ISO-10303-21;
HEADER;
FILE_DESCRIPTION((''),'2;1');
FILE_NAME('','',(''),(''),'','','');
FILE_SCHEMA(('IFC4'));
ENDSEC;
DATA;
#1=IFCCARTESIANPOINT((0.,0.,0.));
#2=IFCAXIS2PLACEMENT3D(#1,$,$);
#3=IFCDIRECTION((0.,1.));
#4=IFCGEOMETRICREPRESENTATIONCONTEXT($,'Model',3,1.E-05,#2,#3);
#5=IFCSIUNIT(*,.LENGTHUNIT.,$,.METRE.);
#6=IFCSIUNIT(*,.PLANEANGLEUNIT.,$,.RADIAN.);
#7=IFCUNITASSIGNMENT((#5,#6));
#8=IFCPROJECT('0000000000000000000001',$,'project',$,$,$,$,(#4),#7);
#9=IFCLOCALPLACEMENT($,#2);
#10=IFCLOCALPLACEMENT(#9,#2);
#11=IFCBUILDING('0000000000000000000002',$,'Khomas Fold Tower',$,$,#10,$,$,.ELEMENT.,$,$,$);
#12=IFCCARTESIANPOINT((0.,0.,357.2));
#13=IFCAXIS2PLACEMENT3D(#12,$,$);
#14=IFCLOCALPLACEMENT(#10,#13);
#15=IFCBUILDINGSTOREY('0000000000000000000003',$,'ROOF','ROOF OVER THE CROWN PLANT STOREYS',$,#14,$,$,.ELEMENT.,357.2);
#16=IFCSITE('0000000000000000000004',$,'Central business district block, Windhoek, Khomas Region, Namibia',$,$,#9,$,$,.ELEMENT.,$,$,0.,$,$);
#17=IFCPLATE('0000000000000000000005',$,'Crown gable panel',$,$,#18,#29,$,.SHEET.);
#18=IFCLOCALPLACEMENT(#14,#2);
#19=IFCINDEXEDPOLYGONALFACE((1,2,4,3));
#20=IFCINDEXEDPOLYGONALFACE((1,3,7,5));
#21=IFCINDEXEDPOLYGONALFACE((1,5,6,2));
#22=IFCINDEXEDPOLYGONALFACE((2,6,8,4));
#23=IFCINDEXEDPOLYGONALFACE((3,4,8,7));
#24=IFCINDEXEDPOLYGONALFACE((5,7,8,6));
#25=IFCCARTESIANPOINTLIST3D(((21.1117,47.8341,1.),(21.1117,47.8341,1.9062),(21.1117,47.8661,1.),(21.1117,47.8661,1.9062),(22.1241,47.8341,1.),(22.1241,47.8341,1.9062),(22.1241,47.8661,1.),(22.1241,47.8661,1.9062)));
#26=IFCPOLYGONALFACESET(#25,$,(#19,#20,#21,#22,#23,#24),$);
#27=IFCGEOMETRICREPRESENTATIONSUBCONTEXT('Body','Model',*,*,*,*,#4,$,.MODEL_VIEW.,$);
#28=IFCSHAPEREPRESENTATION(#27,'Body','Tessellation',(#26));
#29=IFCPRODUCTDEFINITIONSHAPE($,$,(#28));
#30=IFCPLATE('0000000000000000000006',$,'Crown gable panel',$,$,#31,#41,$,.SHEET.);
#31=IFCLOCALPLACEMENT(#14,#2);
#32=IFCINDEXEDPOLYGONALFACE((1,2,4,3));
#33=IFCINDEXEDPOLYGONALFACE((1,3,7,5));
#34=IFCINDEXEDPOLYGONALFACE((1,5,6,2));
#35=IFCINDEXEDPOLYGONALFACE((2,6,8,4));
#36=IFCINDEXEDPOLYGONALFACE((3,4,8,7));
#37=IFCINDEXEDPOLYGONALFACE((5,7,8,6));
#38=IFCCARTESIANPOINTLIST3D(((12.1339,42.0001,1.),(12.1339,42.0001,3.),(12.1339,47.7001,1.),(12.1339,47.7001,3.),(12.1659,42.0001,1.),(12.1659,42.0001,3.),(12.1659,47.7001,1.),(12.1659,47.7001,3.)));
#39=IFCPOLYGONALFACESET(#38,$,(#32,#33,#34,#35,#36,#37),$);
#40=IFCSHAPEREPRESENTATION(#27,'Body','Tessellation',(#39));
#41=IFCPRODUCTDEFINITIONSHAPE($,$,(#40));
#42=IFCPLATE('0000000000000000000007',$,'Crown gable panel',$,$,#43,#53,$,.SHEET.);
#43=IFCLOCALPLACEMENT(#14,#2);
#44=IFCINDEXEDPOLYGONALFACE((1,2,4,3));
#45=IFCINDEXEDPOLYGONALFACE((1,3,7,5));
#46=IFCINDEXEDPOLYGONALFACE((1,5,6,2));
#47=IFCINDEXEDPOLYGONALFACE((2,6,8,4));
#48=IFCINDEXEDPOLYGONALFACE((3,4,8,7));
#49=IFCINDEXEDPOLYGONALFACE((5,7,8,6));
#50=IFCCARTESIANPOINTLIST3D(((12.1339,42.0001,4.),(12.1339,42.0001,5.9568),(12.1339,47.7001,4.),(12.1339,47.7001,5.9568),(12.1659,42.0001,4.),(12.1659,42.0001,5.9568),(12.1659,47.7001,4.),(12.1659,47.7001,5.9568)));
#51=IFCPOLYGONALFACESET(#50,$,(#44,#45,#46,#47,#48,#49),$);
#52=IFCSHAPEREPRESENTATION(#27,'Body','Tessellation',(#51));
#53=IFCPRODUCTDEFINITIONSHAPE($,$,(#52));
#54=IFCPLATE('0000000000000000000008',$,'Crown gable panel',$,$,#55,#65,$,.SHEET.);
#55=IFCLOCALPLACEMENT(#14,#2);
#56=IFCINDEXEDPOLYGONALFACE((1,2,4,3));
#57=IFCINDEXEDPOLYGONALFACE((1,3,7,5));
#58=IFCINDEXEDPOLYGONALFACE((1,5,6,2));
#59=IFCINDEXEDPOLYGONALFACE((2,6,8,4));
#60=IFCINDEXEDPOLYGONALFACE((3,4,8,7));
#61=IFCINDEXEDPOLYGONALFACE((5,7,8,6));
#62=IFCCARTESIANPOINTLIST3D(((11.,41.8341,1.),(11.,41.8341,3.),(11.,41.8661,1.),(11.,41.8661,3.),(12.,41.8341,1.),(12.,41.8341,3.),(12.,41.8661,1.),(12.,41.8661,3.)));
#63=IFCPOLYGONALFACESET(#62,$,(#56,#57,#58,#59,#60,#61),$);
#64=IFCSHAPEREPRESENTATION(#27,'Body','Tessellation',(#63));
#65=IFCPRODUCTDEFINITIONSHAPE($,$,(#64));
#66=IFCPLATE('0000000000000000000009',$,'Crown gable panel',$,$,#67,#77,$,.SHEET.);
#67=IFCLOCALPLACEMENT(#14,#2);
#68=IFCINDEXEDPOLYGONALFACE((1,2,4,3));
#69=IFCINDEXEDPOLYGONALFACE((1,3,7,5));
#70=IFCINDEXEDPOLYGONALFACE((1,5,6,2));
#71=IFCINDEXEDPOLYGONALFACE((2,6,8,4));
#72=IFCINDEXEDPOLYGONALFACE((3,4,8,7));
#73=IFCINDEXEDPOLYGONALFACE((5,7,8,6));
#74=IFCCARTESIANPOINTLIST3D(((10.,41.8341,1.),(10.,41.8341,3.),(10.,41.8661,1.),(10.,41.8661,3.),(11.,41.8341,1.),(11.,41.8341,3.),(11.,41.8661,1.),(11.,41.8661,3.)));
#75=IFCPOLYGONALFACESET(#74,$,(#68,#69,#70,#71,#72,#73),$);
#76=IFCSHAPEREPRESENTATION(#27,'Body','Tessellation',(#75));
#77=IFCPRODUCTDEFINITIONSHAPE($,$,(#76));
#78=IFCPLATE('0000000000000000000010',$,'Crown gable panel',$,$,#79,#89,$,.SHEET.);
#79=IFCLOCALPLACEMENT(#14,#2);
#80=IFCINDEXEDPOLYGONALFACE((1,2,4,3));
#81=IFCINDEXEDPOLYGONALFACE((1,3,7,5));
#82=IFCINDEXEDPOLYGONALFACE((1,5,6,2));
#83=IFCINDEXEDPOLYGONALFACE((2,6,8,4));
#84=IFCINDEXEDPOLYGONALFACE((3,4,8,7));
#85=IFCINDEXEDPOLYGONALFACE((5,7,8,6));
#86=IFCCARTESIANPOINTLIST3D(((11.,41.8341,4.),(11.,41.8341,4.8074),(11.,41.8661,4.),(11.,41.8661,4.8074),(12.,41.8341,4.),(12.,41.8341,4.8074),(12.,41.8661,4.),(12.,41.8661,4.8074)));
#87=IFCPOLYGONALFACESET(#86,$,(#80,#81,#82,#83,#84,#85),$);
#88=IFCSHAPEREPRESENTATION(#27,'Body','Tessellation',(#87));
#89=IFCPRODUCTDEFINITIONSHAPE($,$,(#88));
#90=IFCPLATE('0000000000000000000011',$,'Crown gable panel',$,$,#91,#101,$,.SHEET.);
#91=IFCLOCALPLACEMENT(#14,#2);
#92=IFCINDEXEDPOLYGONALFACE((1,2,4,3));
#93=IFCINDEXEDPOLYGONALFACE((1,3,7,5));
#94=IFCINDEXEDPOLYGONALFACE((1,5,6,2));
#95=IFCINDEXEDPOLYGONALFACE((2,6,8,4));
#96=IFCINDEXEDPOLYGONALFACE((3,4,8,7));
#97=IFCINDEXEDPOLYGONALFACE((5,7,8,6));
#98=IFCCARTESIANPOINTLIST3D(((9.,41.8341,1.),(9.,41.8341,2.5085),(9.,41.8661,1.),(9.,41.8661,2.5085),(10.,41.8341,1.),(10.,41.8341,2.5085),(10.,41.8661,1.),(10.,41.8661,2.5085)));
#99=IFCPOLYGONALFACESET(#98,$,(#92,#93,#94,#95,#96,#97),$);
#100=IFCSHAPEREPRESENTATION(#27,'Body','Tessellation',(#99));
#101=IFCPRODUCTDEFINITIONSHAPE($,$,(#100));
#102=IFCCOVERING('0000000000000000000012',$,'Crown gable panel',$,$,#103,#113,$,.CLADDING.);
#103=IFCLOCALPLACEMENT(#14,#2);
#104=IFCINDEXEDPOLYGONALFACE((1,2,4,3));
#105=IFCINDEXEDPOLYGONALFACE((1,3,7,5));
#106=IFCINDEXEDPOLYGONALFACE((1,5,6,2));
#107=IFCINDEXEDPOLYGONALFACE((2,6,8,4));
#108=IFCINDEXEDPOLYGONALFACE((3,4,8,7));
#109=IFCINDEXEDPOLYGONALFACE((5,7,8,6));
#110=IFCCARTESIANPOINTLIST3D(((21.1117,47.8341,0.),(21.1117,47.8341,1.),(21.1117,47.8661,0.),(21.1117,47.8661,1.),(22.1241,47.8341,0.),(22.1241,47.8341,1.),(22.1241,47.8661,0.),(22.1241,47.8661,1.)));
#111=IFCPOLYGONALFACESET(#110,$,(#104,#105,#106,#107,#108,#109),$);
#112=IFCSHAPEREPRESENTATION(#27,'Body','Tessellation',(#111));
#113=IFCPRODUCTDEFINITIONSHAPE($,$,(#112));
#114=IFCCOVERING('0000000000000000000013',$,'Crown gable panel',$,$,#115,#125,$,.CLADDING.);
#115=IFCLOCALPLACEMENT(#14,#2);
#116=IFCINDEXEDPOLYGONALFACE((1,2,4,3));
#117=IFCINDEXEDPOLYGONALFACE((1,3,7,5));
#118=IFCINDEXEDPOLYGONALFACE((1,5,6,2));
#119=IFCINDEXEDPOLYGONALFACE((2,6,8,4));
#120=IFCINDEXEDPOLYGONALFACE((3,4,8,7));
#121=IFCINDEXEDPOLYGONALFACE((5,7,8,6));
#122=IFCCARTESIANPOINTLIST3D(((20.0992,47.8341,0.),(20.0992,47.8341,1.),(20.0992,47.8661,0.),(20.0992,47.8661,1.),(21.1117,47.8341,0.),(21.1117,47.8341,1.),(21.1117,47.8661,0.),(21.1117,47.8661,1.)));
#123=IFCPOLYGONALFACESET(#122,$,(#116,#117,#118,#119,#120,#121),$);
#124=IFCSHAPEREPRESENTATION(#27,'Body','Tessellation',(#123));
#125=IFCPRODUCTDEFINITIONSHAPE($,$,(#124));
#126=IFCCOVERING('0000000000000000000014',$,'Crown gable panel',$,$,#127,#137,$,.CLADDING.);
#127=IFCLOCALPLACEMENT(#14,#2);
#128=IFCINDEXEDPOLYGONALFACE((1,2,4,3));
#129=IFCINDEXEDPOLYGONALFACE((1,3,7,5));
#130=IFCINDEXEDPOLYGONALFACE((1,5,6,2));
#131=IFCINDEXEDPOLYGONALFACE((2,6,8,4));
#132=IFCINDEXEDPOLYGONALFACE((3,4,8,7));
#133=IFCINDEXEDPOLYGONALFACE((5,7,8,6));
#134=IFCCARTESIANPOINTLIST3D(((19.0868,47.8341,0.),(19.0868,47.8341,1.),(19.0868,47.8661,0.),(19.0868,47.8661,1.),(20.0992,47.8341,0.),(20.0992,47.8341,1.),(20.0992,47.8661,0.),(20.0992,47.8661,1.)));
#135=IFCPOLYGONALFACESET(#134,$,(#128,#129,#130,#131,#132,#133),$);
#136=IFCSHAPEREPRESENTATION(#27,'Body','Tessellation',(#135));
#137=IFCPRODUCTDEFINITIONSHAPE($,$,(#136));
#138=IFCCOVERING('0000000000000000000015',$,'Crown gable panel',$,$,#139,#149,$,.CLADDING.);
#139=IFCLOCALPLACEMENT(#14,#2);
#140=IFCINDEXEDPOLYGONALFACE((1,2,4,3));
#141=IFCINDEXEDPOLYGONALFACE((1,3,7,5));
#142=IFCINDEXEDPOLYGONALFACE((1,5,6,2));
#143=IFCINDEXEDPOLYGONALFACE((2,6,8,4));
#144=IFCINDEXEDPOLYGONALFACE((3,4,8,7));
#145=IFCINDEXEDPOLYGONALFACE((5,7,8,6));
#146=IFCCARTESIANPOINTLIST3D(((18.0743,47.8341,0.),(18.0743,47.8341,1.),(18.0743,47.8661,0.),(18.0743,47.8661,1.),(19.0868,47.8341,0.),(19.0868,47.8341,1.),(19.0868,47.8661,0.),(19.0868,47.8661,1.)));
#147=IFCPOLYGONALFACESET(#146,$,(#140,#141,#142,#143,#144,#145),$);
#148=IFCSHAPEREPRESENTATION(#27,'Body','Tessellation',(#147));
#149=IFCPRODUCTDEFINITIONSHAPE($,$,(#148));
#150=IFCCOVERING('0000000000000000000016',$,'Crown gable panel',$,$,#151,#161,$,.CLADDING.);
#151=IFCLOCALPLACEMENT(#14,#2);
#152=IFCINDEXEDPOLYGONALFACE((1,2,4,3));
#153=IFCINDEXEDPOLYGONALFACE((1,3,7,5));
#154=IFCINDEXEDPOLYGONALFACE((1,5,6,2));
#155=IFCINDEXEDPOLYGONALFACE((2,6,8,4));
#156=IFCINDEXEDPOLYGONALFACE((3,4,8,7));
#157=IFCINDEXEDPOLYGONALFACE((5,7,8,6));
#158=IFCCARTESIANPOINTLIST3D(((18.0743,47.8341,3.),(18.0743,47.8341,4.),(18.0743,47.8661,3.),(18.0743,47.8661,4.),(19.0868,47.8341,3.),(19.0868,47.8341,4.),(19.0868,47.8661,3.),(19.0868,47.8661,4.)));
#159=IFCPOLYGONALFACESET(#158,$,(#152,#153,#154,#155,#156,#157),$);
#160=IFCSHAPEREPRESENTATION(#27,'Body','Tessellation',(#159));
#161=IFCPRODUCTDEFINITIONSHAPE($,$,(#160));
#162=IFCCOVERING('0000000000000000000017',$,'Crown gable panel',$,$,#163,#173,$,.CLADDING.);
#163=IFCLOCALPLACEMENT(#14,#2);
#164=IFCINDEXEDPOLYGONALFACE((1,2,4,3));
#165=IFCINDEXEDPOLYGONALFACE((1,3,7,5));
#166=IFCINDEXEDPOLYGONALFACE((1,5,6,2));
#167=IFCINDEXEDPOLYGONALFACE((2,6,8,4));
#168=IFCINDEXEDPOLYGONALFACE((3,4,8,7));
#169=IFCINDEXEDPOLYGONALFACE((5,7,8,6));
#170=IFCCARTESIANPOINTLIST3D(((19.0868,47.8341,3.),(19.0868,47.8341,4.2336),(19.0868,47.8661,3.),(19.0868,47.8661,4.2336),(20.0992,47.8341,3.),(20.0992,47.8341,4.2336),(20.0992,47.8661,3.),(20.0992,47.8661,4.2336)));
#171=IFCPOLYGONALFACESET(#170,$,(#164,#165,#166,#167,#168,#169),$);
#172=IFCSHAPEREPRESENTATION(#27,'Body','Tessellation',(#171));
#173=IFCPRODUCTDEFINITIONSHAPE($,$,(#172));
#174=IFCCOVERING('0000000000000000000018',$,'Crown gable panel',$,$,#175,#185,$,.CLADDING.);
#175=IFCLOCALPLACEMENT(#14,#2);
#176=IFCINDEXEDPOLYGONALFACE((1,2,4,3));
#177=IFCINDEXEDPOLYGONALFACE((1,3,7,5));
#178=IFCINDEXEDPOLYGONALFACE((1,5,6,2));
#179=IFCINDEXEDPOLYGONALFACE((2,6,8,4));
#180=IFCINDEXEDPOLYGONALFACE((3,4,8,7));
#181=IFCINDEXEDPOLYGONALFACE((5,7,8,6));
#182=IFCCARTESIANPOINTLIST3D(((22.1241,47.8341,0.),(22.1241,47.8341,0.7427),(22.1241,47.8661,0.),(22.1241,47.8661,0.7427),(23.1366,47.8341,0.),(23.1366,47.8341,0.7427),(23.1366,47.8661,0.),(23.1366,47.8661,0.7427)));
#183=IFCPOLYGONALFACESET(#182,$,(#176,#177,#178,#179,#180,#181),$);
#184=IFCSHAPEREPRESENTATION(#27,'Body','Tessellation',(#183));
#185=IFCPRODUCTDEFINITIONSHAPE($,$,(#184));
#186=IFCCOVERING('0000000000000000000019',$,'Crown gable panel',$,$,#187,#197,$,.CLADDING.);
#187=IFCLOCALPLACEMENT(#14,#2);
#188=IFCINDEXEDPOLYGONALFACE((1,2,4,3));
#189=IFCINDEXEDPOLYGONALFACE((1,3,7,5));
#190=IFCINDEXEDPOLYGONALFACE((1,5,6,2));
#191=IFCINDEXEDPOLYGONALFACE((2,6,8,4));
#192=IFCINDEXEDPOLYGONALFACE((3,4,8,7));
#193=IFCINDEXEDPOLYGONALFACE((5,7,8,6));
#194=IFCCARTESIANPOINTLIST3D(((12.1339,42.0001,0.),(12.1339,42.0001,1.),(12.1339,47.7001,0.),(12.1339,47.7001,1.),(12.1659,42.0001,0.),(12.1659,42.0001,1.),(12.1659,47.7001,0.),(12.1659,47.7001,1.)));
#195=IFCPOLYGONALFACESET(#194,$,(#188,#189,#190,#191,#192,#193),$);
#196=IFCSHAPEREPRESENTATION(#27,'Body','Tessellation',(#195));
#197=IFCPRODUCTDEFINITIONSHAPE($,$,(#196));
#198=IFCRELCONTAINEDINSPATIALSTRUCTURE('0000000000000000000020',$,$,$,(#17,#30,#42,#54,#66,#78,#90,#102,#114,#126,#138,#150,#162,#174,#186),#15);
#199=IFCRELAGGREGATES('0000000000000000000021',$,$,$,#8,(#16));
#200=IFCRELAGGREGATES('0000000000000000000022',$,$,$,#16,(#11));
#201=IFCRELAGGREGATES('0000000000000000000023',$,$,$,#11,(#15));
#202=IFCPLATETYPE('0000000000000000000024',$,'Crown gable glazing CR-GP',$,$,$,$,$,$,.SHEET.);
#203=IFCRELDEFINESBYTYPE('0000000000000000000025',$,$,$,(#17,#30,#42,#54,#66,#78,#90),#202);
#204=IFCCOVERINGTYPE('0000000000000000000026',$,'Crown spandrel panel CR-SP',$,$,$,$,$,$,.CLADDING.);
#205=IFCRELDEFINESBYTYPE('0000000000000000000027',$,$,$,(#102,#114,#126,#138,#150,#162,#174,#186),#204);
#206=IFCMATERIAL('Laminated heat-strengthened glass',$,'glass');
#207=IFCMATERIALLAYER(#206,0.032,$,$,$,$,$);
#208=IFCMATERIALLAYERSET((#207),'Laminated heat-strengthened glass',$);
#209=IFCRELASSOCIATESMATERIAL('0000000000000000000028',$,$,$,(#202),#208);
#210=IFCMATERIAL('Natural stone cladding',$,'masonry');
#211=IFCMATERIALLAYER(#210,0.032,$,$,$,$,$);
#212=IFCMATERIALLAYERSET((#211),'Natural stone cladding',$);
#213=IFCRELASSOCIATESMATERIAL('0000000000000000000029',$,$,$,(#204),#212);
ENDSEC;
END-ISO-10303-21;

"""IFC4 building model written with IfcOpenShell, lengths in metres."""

from ifc_helpers import new_model, si_unit, direction, frame, origin, origin_2d, place, context, subcontext, project, spatial, rectangle, extrude, source, transform, mapped, material, layer, layer_set, type_object, element, save


model = new_model("IFC4")

# Units and contexts
model_context = context("Model", 3, precision=1e-05, world=origin(), true_north=direction((0.0, 1.0)))
body_context = subcontext(model_context, "Body", "Model", "MODEL_VIEW")
ifc_project = project(units=[si_unit("LENGTHUNIT", "METRE"), si_unit("PLANEANGLEUNIT", "RADIAN")], contexts=[model_context])

# Site, building, storey
site_placement = place(None, origin())
site = spatial("IfcSite", under=ifc_project, at=site_placement, Name="Central business district block, Windhoek, Khomas Region, Namibia", CompositionType="ELEMENT", RefElevation=0.0)
building_placement = place(site_placement, origin())
building = spatial("IfcBuilding", under=site, at=building_placement, Name="Khomas Fold Tower", CompositionType="ELEMENT")
storey_placement = place(building_placement, frame((0.0, 0.0, 357.2)))
storey = spatial("IfcBuildingStorey", under=building, at=storey_placement, Name="ROOF", Description="ROOF OVER THE CROWN PLANT STOREYS", CompositionType="ELEMENT", Elevation=357.2)

# Plates
ifc_material_1 = material(Name="Laminated heat-strengthened glass", Category="glass")
ifc_layer_1 = layer(ifc_material_1, 0.032)
ifc_layer_set_1 = layer_set([ifc_layer_1], Name="Laminated heat-strengthened glass")
plate_type = type_object("IfcPlateType", Name="Crown gable glazing CR-GP", PredefinedType="SHEET", material=ifc_layer_set_1)
shared_shape_1 = source(origin(), body_context, "Body", "SweptSolid", [
    extrude(rectangle(XDim=1.0125, YDim=0.032, at=origin_2d()), origin(), (0.0, 0.0, 1.0), 0.9062),
])
plate_1_placement = place(storey_placement, frame((21.6179, 47.8501, 1.0), z_axis=(0.0, 0.0, 1.0), x_axis=(-1.0, 0.0, 0.0)))
element("IfcPlate", 1, at=plate_1_placement, inside=storey, type_object=plate_type, Name="Crown gable panel", PredefinedType="SHEET", context=body_context, shape_type="MappedRepresentation", body=[
    mapped(shared_shape_1, transform((0.0, 0.0, 0.0))),
])
shared_shape_2 = source(origin(), body_context, "Body", "SweptSolid", [
    extrude(rectangle(XDim=5.7, YDim=0.032, at=origin_2d()), origin(), (0.0, 0.0, 1.0), 2.0),
])
plate_2_placement = place(storey_placement, frame((12.1499, 44.8501, 1.0), z_axis=(0.0, 0.0, 1.0), x_axis=(0.0, -1.0, 0.0)))
element("IfcPlate", 2, at=plate_2_placement, inside=storey, type_object=plate_type, Name="Crown gable panel", PredefinedType="SHEET", context=body_context, shape_type="MappedRepresentation", body=[
    mapped(shared_shape_2, transform((0.0, 0.0, 0.0))),
])
shared_shape_3 = source(origin(), body_context, "Body", "SweptSolid", [
    extrude(rectangle(XDim=5.7, YDim=0.032, at=origin_2d()), origin(), (0.0, 0.0, 1.0), 1.9568),
])
plate_3_placement = place(storey_placement, frame((12.1499, 44.8501, 4.0), z_axis=(0.0, 0.0, 1.0), x_axis=(0.0, -1.0, 0.0)))
element("IfcPlate", 3, at=plate_3_placement, inside=storey, type_object=plate_type, Name="Crown gable panel", PredefinedType="SHEET", context=body_context, shape_type="MappedRepresentation", body=[
    mapped(shared_shape_3, transform((0.0, 0.0, 0.0))),
])
shared_shape_4 = source(origin(), body_context, "Body", "SweptSolid", [
    extrude(rectangle(XDim=1.0, YDim=0.032, at=origin_2d()), origin(), (0.0, 0.0, 1.0), 2.0),
])
for number, where, z_axis, x_axis, name in (
    (4, (11.5, 41.8501, 1.0), (0.0, 0.0, 1.0), (-1.0, 0.0, 0.0), "Crown gable panel"),
    (5, (10.5, 41.8501, 1.0), (0.0, 0.0, 1.0), (-1.0, 0.0, 0.0), "Crown gable panel"),
):
    element("IfcPlate", number, at=place(storey_placement, frame(where, z_axis=z_axis, x_axis=x_axis)), inside=storey, type_object=plate_type, Name=name, PredefinedType="SHEET", context=body_context, shape_type="MappedRepresentation", body=[
        mapped(shared_shape_4, transform((0.0, 0.0, 0.0))),
    ])
shared_shape_5 = source(origin(), body_context, "Body", "SweptSolid", [
    extrude(rectangle(XDim=1.0, YDim=0.032, at=origin_2d()), origin(), (0.0, 0.0, 1.0), 0.8074),
])
plate_4_placement = place(storey_placement, frame((11.5, 41.8501, 4.0), z_axis=(0.0, 0.0, 1.0), x_axis=(-1.0, 0.0, 0.0)))
element("IfcPlate", 6, at=plate_4_placement, inside=storey, type_object=plate_type, Name="Crown gable panel", PredefinedType="SHEET", context=body_context, shape_type="MappedRepresentation", body=[
    mapped(shared_shape_5, transform((0.0, 0.0, 0.0))),
])
shared_shape_6 = source(origin(), body_context, "Body", "SweptSolid", [
    extrude(rectangle(XDim=1.0, YDim=0.032, at=origin_2d()), origin(), (0.0, 0.0, 1.0), 1.5085),
])
plate_5_placement = place(storey_placement, frame((9.5, 41.8501, 1.0), z_axis=(0.0, 0.0, 1.0), x_axis=(-1.0, 0.0, 0.0)))
element("IfcPlate", 7, at=plate_5_placement, inside=storey, type_object=plate_type, Name="Crown gable panel", PredefinedType="SHEET", context=body_context, shape_type="MappedRepresentation", body=[
    mapped(shared_shape_6, transform((0.0, 0.0, 0.0))),
])

# Coverings
ifc_material_2 = material(Name="Natural stone cladding", Category="masonry")
ifc_layer_2 = layer(ifc_material_2, 0.032)
ifc_layer_set_2 = layer_set([ifc_layer_2], Name="Natural stone cladding")
covering_type = type_object("IfcCoveringType", Name="Crown spandrel panel CR-SP", PredefinedType="CLADDING", material=ifc_layer_set_2)
shared_shape_7 = source(origin(), body_context, "Body", "SweptSolid", [
    extrude(rectangle(XDim=1.0125, YDim=0.032, at=origin_2d()), origin(), (0.0, 0.0, 1.0), 1.0),
])
for number, where, z_axis, x_axis, name in (
    (8, (21.6179, 47.8501, 0.0), (0.0, 0.0, 1.0), (-1.0, 0.0, 0.0), "Crown gable panel"),
    (9, (20.6055, 47.8501, 0.0), (0.0, 0.0, 1.0), (-1.0, 0.0, 0.0), "Crown gable panel"),
    (10, (19.593, 47.8501, 0.0), (0.0, 0.0, 1.0), (-1.0, 0.0, 0.0), "Crown gable panel"),
    (11, (18.5806, 47.8501, 0.0), (0.0, 0.0, 1.0), (-1.0, 0.0, 0.0), "Crown gable panel"),
    (12, (18.5806, 47.8501, 3.0), (0.0, 0.0, 1.0), (-1.0, 0.0, 0.0), "Crown gable panel"),
):
    element("IfcCovering", number, at=place(storey_placement, frame(where, z_axis=z_axis, x_axis=x_axis)), inside=storey, type_object=covering_type, Name=name, PredefinedType="CLADDING", context=body_context, shape_type="MappedRepresentation", body=[
        mapped(shared_shape_7, transform((0.0, 0.0, 0.0))),
    ])
shared_shape_8 = source(origin(), body_context, "Body", "SweptSolid", [
    extrude(rectangle(XDim=1.0125, YDim=0.032, at=origin_2d()), origin(), (0.0, 0.0, 1.0), 1.2336),
])
covering_1_placement = place(storey_placement, frame((19.593, 47.8501, 3.0), z_axis=(0.0, 0.0, 1.0), x_axis=(-1.0, 0.0, 0.0)))
element("IfcCovering", 13, at=covering_1_placement, inside=storey, type_object=covering_type, Name="Crown gable panel", PredefinedType="CLADDING", context=body_context, shape_type="MappedRepresentation", body=[
    mapped(shared_shape_8, transform((0.0, 0.0, 0.0))),
])
shared_shape_9 = source(origin(), body_context, "Body", "SweptSolid", [
    extrude(rectangle(XDim=1.0125, YDim=0.032, at=origin_2d()), origin(), (0.0, 0.0, 1.0), 0.7427),
])
covering_2_placement = place(storey_placement, frame((22.6304, 47.8501, 0.0), z_axis=(0.0, 0.0, 1.0), x_axis=(-1.0, 0.0, 0.0)))
element("IfcCovering", 14, at=covering_2_placement, inside=storey, type_object=covering_type, Name="Crown gable panel", PredefinedType="CLADDING", context=body_context, shape_type="MappedRepresentation", body=[
    mapped(shared_shape_9, transform((0.0, 0.0, 0.0))),
])
shared_shape_10 = source(origin(), body_context, "Body", "SweptSolid", [
    extrude(rectangle(XDim=5.7, YDim=0.032, at=origin_2d()), origin(), (0.0, 0.0, 1.0), 1.0),
])
for number, where, z_axis, x_axis, name in (
    (15, (12.1499, 44.8501, 0.0), (0.0, 0.0, 1.0), (0.0, -1.0, 0.0), "Crown gable panel"),
):
    element("IfcCovering", number, at=place(storey_placement, frame(where, z_axis=z_axis, x_axis=x_axis)), inside=storey, type_object=covering_type, Name=name, PredefinedType="CLADDING", context=body_context, shape_type="MappedRepresentation", body=[
        mapped(shared_shape_10, transform((0.0, 0.0, 0.0))),
    ])

save(model, "model.ifc")
